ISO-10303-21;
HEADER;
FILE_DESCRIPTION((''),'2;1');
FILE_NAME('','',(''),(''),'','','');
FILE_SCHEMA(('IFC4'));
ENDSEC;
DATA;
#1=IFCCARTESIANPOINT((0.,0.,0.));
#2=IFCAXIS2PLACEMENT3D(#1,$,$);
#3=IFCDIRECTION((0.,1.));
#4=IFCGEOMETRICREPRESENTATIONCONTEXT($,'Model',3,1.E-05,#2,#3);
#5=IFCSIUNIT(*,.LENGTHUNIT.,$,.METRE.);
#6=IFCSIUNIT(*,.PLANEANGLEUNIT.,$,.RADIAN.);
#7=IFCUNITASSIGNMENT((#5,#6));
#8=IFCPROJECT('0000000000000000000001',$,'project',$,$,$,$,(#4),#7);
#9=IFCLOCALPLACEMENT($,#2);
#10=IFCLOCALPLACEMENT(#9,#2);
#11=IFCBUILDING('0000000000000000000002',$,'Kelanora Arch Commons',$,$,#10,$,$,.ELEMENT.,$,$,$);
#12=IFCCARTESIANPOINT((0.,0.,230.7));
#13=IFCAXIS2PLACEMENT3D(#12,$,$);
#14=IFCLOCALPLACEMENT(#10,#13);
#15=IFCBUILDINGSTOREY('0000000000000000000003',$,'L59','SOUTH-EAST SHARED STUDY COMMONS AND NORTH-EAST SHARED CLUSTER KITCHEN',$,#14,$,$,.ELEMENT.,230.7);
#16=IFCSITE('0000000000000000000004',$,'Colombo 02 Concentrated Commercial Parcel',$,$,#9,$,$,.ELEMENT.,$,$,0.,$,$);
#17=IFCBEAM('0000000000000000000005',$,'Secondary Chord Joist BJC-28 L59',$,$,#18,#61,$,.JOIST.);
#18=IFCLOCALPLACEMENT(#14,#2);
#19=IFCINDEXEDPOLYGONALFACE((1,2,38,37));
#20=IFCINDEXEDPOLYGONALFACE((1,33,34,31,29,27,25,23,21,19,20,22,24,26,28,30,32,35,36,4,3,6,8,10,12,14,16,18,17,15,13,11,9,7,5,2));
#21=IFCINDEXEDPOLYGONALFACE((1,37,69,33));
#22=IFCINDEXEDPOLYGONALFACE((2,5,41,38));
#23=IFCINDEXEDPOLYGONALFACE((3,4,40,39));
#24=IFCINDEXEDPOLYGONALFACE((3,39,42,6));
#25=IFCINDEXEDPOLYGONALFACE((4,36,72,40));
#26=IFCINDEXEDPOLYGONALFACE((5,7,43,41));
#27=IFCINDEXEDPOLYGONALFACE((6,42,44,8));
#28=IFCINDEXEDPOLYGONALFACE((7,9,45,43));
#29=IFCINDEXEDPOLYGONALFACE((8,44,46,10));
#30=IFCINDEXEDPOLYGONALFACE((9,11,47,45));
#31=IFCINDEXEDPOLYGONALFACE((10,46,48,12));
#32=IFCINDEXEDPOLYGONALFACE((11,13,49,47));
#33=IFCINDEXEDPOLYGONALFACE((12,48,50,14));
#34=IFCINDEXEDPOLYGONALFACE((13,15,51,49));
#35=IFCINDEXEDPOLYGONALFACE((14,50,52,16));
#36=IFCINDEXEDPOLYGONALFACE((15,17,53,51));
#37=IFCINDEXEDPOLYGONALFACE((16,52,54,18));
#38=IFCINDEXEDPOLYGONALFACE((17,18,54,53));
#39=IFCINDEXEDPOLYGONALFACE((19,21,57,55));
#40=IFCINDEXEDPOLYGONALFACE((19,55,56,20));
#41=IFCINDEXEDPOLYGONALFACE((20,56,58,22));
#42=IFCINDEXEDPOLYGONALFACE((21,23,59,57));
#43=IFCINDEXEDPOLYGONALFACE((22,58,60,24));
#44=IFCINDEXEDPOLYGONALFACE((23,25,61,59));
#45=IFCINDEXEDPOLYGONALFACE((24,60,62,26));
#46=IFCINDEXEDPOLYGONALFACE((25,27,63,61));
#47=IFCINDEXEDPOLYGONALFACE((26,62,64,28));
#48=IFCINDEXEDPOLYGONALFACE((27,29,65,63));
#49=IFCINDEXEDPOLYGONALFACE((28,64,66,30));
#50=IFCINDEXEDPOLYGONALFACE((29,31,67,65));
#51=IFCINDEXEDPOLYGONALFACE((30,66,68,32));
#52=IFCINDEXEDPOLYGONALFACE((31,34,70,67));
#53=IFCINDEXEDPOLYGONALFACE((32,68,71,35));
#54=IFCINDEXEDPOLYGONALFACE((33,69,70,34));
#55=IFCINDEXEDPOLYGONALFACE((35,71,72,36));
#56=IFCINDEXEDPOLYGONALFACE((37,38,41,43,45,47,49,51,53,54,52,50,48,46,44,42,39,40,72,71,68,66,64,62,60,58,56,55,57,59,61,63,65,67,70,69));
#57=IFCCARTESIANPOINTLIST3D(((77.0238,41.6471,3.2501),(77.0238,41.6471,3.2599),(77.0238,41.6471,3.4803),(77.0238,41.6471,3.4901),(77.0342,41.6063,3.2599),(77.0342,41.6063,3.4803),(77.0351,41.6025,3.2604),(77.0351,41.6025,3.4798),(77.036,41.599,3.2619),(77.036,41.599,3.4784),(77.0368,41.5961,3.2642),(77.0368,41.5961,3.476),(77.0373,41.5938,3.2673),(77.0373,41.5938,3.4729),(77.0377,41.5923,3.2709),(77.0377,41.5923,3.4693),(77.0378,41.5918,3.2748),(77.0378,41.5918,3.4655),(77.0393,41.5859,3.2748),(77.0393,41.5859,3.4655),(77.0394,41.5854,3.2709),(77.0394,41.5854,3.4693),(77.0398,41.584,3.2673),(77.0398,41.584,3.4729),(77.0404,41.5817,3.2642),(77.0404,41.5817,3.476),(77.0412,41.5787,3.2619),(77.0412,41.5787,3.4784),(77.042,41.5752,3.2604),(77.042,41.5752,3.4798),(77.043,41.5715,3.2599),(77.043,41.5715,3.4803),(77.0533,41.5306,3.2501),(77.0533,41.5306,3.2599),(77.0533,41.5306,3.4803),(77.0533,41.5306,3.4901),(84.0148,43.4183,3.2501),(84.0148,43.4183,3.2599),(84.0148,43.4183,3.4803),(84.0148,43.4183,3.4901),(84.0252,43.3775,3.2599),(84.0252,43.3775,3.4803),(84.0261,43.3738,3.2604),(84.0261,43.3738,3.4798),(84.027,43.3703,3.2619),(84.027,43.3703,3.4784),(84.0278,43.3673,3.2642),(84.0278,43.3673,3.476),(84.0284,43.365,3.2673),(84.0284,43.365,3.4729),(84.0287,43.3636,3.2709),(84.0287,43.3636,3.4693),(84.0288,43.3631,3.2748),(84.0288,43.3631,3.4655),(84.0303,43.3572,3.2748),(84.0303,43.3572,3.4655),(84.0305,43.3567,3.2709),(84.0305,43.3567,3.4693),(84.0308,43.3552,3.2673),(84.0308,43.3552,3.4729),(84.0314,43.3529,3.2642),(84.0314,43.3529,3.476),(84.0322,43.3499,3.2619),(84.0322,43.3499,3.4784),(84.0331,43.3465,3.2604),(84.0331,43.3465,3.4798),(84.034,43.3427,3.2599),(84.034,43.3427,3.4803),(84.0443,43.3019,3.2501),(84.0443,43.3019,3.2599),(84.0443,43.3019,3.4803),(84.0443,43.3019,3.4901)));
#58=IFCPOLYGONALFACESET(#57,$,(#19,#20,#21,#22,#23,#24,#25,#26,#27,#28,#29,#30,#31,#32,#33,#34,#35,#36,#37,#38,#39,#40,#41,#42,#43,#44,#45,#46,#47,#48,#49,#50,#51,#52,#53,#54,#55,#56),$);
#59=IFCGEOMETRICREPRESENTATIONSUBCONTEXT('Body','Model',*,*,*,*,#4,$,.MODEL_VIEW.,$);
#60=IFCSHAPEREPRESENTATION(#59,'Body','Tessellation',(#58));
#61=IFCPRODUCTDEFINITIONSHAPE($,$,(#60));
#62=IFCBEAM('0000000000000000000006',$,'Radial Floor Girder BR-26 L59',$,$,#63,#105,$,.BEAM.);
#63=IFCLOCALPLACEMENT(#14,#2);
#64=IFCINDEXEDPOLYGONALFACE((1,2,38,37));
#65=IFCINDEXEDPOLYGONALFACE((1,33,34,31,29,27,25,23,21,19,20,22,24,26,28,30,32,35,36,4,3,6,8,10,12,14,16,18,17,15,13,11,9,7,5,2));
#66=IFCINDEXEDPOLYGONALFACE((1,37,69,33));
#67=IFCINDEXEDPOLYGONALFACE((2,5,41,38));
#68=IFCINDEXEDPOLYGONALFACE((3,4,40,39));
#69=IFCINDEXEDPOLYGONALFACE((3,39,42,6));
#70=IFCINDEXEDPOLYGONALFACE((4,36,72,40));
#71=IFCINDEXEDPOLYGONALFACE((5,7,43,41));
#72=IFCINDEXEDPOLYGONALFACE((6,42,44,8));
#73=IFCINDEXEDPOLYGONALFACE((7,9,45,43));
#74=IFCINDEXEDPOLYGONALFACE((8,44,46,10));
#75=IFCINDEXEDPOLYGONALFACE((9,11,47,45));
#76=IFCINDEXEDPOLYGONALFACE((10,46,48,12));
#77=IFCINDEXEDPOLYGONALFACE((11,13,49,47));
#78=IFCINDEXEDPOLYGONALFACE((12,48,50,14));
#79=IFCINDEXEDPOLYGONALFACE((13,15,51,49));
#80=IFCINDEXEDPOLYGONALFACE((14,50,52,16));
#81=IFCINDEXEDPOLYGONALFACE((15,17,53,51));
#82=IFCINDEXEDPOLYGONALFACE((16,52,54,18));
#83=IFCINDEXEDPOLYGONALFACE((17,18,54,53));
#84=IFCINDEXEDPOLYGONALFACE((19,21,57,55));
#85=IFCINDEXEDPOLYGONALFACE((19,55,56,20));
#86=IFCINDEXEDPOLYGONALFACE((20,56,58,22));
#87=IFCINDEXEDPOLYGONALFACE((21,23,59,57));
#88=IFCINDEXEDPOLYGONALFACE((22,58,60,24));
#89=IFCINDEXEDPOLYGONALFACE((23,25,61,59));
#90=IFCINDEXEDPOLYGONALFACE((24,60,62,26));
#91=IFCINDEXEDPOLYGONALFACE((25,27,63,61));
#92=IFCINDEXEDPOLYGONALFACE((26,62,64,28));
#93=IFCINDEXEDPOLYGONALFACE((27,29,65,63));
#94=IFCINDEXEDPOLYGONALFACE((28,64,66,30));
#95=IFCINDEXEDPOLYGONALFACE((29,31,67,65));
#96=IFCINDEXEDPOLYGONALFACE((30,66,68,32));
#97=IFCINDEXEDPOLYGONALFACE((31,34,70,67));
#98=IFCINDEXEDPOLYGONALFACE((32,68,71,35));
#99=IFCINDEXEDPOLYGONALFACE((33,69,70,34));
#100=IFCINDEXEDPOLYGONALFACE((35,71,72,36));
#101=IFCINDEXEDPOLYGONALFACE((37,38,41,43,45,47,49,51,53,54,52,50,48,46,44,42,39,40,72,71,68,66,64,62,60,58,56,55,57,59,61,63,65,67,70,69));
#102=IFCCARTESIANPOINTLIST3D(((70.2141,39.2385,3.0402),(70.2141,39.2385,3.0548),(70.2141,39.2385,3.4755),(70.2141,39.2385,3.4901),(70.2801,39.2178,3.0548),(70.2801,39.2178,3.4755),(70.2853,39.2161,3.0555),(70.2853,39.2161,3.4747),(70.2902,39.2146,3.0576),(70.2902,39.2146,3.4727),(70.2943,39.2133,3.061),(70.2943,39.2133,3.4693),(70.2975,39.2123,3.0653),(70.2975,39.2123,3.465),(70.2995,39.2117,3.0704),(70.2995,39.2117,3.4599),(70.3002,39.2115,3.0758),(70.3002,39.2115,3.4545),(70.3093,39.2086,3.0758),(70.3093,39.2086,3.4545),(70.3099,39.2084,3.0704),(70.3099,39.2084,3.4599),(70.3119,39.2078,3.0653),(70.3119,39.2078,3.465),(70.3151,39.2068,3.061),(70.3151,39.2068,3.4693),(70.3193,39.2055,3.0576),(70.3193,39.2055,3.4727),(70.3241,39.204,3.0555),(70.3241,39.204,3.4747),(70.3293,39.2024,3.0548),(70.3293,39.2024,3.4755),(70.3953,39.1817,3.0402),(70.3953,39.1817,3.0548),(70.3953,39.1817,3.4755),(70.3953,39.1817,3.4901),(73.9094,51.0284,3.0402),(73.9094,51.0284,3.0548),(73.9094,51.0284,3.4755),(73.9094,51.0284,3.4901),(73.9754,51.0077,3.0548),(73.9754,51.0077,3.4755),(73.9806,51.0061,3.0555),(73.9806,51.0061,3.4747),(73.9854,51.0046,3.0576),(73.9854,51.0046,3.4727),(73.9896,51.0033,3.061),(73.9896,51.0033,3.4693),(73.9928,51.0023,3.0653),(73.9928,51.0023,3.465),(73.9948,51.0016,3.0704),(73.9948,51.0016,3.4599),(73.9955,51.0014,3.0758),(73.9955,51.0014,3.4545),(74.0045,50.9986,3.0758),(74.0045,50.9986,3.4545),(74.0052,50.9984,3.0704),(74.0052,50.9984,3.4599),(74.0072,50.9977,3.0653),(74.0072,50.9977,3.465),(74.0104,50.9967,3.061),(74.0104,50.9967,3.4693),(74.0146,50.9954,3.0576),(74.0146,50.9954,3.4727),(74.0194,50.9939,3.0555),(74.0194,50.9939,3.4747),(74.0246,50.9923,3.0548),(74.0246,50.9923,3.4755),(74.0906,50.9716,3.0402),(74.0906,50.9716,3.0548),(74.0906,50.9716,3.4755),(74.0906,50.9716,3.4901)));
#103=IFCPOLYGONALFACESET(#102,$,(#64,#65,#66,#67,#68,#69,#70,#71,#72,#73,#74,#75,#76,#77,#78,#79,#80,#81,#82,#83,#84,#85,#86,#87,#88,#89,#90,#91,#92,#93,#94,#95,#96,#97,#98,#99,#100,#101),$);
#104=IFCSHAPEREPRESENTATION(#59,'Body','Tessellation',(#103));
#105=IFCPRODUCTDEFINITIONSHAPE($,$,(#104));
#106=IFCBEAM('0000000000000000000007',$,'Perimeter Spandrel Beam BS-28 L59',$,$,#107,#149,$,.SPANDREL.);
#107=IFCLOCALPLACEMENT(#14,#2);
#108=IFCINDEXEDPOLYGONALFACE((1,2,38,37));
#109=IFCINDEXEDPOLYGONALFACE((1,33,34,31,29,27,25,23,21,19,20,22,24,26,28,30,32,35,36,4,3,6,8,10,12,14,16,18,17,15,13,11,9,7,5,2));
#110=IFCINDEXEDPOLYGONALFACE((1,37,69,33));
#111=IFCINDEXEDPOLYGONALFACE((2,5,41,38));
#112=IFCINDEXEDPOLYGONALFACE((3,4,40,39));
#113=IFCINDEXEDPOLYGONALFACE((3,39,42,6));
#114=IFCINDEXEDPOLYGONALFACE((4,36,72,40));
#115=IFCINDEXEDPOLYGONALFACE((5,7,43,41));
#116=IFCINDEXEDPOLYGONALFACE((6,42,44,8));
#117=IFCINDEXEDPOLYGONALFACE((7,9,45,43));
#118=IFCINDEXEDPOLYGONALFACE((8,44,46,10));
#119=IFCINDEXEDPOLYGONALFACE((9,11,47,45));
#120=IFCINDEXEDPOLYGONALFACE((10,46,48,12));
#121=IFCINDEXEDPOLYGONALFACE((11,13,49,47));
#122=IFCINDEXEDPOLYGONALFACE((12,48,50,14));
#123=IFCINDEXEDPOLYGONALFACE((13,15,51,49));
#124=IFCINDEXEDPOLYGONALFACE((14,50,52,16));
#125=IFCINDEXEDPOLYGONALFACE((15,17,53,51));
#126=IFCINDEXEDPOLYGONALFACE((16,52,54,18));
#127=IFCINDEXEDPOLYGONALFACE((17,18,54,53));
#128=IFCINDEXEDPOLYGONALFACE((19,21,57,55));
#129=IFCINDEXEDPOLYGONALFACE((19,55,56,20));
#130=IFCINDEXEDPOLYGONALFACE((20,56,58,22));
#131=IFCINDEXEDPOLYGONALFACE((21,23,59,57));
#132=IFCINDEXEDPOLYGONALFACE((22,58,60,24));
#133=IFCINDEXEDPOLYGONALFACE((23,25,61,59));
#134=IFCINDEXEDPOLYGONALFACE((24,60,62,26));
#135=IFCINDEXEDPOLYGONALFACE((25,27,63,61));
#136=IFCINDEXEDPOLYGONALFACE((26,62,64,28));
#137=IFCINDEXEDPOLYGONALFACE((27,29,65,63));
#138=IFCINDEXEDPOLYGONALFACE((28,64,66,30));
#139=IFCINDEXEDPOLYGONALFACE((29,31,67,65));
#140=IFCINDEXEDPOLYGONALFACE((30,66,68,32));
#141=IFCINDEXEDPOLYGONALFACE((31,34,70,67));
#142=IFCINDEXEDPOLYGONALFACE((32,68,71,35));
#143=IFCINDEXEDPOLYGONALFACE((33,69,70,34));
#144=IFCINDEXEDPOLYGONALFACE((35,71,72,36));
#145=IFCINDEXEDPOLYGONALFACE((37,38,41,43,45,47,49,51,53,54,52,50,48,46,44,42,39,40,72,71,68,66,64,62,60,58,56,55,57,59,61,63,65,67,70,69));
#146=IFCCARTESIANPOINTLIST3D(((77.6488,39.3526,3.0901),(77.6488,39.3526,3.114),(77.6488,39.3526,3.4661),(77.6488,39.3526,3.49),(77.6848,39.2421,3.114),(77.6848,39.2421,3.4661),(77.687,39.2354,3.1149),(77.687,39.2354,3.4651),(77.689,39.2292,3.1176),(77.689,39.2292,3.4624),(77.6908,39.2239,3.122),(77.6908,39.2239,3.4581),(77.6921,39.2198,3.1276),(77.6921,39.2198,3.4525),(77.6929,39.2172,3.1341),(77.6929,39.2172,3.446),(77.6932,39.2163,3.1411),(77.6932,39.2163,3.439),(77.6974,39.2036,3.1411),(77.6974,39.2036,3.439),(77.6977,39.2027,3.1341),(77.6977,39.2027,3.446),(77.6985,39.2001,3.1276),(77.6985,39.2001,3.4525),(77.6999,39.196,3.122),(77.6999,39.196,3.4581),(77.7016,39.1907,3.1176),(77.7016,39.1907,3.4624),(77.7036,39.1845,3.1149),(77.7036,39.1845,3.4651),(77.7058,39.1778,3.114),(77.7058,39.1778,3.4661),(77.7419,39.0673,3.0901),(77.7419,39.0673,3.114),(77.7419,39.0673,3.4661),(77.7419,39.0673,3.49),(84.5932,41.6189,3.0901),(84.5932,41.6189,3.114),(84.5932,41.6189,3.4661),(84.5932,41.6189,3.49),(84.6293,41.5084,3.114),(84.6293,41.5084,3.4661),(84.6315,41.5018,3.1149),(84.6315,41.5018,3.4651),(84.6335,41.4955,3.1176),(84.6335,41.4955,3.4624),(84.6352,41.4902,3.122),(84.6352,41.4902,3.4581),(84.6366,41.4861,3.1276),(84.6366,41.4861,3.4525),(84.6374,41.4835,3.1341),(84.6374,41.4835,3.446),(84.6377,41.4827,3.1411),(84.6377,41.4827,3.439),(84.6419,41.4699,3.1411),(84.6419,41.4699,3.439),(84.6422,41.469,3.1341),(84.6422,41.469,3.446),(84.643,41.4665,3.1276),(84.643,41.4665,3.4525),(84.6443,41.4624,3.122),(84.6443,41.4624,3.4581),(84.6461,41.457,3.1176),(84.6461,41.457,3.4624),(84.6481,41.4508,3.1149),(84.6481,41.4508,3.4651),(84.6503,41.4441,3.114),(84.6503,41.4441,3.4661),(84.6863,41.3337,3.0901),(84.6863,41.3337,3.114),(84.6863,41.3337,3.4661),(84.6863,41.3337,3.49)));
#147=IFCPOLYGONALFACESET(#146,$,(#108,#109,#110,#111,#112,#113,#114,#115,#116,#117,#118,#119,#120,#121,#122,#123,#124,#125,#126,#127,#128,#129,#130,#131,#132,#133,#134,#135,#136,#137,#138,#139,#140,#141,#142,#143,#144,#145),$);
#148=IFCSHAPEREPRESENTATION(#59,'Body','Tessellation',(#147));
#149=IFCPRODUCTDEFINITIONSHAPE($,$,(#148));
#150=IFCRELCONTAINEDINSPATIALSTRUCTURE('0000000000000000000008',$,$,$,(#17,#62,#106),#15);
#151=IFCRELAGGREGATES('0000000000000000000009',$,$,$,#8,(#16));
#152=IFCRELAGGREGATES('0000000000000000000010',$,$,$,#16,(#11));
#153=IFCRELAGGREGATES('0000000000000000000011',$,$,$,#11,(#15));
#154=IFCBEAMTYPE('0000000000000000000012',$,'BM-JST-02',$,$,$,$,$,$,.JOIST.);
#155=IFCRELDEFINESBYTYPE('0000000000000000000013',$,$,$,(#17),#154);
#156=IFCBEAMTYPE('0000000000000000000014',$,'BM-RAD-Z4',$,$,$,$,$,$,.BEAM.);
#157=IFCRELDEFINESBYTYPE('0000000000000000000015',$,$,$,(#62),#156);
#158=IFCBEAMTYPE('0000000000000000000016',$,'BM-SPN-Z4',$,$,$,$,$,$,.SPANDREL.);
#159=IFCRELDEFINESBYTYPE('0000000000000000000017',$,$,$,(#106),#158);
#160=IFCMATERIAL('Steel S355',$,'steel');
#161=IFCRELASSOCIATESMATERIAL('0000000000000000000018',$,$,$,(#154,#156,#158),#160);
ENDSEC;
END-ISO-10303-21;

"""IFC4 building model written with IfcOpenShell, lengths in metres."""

from ifc_helpers import new_model, si_unit, direction, frame, origin, origin_2d, place, context, subcontext, project, spatial, i_section, extrude, material, material_profile, profile_set, type_object, element, save


model = new_model("IFC4")

# Units and contexts
model_context = context("Model", 3, precision=1e-05, world=origin(), true_north=direction((0.0, 1.0)))
body_context = subcontext(model_context, "Body", "Model", "MODEL_VIEW")
ifc_project = project(units=[si_unit("LENGTHUNIT", "METRE"), si_unit("PLANEANGLEUNIT", "RADIAN")], contexts=[model_context])

# Site, building, storey
site_placement = place(None, origin())
site = spatial("IfcSite", under=ifc_project, at=site_placement, Name="Colombo 02 Concentrated Commercial Parcel", CompositionType="ELEMENT", RefElevation=0.0)
building_placement = place(site_placement, origin())
building = spatial("IfcBuilding", under=site, at=building_placement, Name="Kelanora Arch Commons", CompositionType="ELEMENT")
storey_placement = place(building_placement, frame((0.0, 0.0, 230.7)))
storey = spatial("IfcBuildingStorey", under=building, at=storey_placement, Name="L59", Description="SOUTH-EAST SHARED STUDY COMMONS AND NORTH-EAST SHARED CLUSTER KITCHEN", CompositionType="ELEMENT", Elevation=230.7)

# Beams
ifc_material_1 = material(Name="Steel S355", Category="steel")
ifc_material_profile_1 = material_profile(ifc_material_1, i_section(OverallWidth=0.1201, OverallDepth=0.24, WebThickness=0.0061, FlangeThickness=0.0098, FilletRadius=0.0149, at=origin_2d()), Name="IPE240")
ifc_profile_set_1 = profile_set([ifc_material_profile_1], Name="Steel S355")
beam_type_1 = type_object("IfcBeamType", Name="BM-JST-02", PredefinedType="JOIST", material=ifc_profile_set_1)
beam_1_placement = place(storey_placement, frame((77.0386, 41.5889, 3.3701), z_axis=(0.969371, 0.245601, 0.0), x_axis=(-0.245601, 0.969371, 0.0)))
element("IfcBeam", 1, at=beam_1_placement, inside=storey, type_object=beam_type_1, Name="Secondary Chord Joist BJC-28 L59", PredefinedType="JOIST", context=body_context, shape_type="SweptSolid", body=[
    extrude(i_section(OverallWidth=0.1201, OverallDepth=0.24, WebThickness=0.0061, FlangeThickness=0.0098, FilletRadius=0.0149, at=origin_2d()), origin(), (0.0, 0.0, 1.0), 7.2119),
])
ifc_material_profile_2 = material_profile(ifc_material_1, i_section(OverallWidth=0.1899, OverallDepth=0.45, WebThickness=0.0095, FlangeThickness=0.0146, FilletRadius=0.021, at=origin_2d()), Name="IPE450")
ifc_profile_set_2 = profile_set([ifc_material_profile_2], Name="Steel S355")
beam_type_2 = type_object("IfcBeamType", Name="BM-RAD-Z4", PredefinedType="BEAM", material=ifc_profile_set_2)
beam_2_placement = place(storey_placement, frame((74.0, 51.0, 3.2651), z_axis=(-0.29908, -0.954228, 0.0), x_axis=(0.954228, -0.29908, 0.0)))
element("IfcBeam", 2, at=beam_2_placement, inside=storey, type_object=beam_type_2, Name="Radial Floor Girder BR-26 L59", PredefinedType="BEAM", context=body_context, shape_type="SweptSolid", body=[
    extrude(i_section(OverallWidth=0.1899, OverallDepth=0.45, WebThickness=0.0095, FlangeThickness=0.0146, FilletRadius=0.021, at=origin_2d()), origin(), (0.0, 0.0, 1.0), 12.3555),
])
ifc_material_profile_3 = material_profile(ifc_material_1, i_section(OverallWidth=0.3, OverallDepth=0.3999, WebThickness=0.0134, FlangeThickness=0.0239, FilletRadius=0.0271, at=origin_2d()), Name="HEB400")
ifc_profile_set_3 = profile_set([ifc_material_profile_3], Name="Steel S355")
beam_type_3 = type_object("IfcBeamType", Name="BM-SPN-Z4", PredefinedType="SPANDREL", material=ifc_profile_set_3)
beam_3_placement = place(storey_placement, frame((77.6953, 39.21, 3.29), z_axis=(0.950656, 0.310246, 0.0), x_axis=(-0.310246, 0.950656, 0.0)))
element("IfcBeam", 3, at=beam_3_placement, inside=storey, type_object=beam_type_3, Name="Perimeter Spandrel Beam BS-28 L59", PredefinedType="SPANDREL", context=body_context, shape_type="SweptSolid", body=[
    extrude(i_section(OverallWidth=0.3, OverallDepth=0.3999, WebThickness=0.0134, FlangeThickness=0.0239, FilletRadius=0.0271, at=origin_2d()), origin(), (0.0, 0.0, 1.0), 7.3049),
])

save(model, "model.ifc")
